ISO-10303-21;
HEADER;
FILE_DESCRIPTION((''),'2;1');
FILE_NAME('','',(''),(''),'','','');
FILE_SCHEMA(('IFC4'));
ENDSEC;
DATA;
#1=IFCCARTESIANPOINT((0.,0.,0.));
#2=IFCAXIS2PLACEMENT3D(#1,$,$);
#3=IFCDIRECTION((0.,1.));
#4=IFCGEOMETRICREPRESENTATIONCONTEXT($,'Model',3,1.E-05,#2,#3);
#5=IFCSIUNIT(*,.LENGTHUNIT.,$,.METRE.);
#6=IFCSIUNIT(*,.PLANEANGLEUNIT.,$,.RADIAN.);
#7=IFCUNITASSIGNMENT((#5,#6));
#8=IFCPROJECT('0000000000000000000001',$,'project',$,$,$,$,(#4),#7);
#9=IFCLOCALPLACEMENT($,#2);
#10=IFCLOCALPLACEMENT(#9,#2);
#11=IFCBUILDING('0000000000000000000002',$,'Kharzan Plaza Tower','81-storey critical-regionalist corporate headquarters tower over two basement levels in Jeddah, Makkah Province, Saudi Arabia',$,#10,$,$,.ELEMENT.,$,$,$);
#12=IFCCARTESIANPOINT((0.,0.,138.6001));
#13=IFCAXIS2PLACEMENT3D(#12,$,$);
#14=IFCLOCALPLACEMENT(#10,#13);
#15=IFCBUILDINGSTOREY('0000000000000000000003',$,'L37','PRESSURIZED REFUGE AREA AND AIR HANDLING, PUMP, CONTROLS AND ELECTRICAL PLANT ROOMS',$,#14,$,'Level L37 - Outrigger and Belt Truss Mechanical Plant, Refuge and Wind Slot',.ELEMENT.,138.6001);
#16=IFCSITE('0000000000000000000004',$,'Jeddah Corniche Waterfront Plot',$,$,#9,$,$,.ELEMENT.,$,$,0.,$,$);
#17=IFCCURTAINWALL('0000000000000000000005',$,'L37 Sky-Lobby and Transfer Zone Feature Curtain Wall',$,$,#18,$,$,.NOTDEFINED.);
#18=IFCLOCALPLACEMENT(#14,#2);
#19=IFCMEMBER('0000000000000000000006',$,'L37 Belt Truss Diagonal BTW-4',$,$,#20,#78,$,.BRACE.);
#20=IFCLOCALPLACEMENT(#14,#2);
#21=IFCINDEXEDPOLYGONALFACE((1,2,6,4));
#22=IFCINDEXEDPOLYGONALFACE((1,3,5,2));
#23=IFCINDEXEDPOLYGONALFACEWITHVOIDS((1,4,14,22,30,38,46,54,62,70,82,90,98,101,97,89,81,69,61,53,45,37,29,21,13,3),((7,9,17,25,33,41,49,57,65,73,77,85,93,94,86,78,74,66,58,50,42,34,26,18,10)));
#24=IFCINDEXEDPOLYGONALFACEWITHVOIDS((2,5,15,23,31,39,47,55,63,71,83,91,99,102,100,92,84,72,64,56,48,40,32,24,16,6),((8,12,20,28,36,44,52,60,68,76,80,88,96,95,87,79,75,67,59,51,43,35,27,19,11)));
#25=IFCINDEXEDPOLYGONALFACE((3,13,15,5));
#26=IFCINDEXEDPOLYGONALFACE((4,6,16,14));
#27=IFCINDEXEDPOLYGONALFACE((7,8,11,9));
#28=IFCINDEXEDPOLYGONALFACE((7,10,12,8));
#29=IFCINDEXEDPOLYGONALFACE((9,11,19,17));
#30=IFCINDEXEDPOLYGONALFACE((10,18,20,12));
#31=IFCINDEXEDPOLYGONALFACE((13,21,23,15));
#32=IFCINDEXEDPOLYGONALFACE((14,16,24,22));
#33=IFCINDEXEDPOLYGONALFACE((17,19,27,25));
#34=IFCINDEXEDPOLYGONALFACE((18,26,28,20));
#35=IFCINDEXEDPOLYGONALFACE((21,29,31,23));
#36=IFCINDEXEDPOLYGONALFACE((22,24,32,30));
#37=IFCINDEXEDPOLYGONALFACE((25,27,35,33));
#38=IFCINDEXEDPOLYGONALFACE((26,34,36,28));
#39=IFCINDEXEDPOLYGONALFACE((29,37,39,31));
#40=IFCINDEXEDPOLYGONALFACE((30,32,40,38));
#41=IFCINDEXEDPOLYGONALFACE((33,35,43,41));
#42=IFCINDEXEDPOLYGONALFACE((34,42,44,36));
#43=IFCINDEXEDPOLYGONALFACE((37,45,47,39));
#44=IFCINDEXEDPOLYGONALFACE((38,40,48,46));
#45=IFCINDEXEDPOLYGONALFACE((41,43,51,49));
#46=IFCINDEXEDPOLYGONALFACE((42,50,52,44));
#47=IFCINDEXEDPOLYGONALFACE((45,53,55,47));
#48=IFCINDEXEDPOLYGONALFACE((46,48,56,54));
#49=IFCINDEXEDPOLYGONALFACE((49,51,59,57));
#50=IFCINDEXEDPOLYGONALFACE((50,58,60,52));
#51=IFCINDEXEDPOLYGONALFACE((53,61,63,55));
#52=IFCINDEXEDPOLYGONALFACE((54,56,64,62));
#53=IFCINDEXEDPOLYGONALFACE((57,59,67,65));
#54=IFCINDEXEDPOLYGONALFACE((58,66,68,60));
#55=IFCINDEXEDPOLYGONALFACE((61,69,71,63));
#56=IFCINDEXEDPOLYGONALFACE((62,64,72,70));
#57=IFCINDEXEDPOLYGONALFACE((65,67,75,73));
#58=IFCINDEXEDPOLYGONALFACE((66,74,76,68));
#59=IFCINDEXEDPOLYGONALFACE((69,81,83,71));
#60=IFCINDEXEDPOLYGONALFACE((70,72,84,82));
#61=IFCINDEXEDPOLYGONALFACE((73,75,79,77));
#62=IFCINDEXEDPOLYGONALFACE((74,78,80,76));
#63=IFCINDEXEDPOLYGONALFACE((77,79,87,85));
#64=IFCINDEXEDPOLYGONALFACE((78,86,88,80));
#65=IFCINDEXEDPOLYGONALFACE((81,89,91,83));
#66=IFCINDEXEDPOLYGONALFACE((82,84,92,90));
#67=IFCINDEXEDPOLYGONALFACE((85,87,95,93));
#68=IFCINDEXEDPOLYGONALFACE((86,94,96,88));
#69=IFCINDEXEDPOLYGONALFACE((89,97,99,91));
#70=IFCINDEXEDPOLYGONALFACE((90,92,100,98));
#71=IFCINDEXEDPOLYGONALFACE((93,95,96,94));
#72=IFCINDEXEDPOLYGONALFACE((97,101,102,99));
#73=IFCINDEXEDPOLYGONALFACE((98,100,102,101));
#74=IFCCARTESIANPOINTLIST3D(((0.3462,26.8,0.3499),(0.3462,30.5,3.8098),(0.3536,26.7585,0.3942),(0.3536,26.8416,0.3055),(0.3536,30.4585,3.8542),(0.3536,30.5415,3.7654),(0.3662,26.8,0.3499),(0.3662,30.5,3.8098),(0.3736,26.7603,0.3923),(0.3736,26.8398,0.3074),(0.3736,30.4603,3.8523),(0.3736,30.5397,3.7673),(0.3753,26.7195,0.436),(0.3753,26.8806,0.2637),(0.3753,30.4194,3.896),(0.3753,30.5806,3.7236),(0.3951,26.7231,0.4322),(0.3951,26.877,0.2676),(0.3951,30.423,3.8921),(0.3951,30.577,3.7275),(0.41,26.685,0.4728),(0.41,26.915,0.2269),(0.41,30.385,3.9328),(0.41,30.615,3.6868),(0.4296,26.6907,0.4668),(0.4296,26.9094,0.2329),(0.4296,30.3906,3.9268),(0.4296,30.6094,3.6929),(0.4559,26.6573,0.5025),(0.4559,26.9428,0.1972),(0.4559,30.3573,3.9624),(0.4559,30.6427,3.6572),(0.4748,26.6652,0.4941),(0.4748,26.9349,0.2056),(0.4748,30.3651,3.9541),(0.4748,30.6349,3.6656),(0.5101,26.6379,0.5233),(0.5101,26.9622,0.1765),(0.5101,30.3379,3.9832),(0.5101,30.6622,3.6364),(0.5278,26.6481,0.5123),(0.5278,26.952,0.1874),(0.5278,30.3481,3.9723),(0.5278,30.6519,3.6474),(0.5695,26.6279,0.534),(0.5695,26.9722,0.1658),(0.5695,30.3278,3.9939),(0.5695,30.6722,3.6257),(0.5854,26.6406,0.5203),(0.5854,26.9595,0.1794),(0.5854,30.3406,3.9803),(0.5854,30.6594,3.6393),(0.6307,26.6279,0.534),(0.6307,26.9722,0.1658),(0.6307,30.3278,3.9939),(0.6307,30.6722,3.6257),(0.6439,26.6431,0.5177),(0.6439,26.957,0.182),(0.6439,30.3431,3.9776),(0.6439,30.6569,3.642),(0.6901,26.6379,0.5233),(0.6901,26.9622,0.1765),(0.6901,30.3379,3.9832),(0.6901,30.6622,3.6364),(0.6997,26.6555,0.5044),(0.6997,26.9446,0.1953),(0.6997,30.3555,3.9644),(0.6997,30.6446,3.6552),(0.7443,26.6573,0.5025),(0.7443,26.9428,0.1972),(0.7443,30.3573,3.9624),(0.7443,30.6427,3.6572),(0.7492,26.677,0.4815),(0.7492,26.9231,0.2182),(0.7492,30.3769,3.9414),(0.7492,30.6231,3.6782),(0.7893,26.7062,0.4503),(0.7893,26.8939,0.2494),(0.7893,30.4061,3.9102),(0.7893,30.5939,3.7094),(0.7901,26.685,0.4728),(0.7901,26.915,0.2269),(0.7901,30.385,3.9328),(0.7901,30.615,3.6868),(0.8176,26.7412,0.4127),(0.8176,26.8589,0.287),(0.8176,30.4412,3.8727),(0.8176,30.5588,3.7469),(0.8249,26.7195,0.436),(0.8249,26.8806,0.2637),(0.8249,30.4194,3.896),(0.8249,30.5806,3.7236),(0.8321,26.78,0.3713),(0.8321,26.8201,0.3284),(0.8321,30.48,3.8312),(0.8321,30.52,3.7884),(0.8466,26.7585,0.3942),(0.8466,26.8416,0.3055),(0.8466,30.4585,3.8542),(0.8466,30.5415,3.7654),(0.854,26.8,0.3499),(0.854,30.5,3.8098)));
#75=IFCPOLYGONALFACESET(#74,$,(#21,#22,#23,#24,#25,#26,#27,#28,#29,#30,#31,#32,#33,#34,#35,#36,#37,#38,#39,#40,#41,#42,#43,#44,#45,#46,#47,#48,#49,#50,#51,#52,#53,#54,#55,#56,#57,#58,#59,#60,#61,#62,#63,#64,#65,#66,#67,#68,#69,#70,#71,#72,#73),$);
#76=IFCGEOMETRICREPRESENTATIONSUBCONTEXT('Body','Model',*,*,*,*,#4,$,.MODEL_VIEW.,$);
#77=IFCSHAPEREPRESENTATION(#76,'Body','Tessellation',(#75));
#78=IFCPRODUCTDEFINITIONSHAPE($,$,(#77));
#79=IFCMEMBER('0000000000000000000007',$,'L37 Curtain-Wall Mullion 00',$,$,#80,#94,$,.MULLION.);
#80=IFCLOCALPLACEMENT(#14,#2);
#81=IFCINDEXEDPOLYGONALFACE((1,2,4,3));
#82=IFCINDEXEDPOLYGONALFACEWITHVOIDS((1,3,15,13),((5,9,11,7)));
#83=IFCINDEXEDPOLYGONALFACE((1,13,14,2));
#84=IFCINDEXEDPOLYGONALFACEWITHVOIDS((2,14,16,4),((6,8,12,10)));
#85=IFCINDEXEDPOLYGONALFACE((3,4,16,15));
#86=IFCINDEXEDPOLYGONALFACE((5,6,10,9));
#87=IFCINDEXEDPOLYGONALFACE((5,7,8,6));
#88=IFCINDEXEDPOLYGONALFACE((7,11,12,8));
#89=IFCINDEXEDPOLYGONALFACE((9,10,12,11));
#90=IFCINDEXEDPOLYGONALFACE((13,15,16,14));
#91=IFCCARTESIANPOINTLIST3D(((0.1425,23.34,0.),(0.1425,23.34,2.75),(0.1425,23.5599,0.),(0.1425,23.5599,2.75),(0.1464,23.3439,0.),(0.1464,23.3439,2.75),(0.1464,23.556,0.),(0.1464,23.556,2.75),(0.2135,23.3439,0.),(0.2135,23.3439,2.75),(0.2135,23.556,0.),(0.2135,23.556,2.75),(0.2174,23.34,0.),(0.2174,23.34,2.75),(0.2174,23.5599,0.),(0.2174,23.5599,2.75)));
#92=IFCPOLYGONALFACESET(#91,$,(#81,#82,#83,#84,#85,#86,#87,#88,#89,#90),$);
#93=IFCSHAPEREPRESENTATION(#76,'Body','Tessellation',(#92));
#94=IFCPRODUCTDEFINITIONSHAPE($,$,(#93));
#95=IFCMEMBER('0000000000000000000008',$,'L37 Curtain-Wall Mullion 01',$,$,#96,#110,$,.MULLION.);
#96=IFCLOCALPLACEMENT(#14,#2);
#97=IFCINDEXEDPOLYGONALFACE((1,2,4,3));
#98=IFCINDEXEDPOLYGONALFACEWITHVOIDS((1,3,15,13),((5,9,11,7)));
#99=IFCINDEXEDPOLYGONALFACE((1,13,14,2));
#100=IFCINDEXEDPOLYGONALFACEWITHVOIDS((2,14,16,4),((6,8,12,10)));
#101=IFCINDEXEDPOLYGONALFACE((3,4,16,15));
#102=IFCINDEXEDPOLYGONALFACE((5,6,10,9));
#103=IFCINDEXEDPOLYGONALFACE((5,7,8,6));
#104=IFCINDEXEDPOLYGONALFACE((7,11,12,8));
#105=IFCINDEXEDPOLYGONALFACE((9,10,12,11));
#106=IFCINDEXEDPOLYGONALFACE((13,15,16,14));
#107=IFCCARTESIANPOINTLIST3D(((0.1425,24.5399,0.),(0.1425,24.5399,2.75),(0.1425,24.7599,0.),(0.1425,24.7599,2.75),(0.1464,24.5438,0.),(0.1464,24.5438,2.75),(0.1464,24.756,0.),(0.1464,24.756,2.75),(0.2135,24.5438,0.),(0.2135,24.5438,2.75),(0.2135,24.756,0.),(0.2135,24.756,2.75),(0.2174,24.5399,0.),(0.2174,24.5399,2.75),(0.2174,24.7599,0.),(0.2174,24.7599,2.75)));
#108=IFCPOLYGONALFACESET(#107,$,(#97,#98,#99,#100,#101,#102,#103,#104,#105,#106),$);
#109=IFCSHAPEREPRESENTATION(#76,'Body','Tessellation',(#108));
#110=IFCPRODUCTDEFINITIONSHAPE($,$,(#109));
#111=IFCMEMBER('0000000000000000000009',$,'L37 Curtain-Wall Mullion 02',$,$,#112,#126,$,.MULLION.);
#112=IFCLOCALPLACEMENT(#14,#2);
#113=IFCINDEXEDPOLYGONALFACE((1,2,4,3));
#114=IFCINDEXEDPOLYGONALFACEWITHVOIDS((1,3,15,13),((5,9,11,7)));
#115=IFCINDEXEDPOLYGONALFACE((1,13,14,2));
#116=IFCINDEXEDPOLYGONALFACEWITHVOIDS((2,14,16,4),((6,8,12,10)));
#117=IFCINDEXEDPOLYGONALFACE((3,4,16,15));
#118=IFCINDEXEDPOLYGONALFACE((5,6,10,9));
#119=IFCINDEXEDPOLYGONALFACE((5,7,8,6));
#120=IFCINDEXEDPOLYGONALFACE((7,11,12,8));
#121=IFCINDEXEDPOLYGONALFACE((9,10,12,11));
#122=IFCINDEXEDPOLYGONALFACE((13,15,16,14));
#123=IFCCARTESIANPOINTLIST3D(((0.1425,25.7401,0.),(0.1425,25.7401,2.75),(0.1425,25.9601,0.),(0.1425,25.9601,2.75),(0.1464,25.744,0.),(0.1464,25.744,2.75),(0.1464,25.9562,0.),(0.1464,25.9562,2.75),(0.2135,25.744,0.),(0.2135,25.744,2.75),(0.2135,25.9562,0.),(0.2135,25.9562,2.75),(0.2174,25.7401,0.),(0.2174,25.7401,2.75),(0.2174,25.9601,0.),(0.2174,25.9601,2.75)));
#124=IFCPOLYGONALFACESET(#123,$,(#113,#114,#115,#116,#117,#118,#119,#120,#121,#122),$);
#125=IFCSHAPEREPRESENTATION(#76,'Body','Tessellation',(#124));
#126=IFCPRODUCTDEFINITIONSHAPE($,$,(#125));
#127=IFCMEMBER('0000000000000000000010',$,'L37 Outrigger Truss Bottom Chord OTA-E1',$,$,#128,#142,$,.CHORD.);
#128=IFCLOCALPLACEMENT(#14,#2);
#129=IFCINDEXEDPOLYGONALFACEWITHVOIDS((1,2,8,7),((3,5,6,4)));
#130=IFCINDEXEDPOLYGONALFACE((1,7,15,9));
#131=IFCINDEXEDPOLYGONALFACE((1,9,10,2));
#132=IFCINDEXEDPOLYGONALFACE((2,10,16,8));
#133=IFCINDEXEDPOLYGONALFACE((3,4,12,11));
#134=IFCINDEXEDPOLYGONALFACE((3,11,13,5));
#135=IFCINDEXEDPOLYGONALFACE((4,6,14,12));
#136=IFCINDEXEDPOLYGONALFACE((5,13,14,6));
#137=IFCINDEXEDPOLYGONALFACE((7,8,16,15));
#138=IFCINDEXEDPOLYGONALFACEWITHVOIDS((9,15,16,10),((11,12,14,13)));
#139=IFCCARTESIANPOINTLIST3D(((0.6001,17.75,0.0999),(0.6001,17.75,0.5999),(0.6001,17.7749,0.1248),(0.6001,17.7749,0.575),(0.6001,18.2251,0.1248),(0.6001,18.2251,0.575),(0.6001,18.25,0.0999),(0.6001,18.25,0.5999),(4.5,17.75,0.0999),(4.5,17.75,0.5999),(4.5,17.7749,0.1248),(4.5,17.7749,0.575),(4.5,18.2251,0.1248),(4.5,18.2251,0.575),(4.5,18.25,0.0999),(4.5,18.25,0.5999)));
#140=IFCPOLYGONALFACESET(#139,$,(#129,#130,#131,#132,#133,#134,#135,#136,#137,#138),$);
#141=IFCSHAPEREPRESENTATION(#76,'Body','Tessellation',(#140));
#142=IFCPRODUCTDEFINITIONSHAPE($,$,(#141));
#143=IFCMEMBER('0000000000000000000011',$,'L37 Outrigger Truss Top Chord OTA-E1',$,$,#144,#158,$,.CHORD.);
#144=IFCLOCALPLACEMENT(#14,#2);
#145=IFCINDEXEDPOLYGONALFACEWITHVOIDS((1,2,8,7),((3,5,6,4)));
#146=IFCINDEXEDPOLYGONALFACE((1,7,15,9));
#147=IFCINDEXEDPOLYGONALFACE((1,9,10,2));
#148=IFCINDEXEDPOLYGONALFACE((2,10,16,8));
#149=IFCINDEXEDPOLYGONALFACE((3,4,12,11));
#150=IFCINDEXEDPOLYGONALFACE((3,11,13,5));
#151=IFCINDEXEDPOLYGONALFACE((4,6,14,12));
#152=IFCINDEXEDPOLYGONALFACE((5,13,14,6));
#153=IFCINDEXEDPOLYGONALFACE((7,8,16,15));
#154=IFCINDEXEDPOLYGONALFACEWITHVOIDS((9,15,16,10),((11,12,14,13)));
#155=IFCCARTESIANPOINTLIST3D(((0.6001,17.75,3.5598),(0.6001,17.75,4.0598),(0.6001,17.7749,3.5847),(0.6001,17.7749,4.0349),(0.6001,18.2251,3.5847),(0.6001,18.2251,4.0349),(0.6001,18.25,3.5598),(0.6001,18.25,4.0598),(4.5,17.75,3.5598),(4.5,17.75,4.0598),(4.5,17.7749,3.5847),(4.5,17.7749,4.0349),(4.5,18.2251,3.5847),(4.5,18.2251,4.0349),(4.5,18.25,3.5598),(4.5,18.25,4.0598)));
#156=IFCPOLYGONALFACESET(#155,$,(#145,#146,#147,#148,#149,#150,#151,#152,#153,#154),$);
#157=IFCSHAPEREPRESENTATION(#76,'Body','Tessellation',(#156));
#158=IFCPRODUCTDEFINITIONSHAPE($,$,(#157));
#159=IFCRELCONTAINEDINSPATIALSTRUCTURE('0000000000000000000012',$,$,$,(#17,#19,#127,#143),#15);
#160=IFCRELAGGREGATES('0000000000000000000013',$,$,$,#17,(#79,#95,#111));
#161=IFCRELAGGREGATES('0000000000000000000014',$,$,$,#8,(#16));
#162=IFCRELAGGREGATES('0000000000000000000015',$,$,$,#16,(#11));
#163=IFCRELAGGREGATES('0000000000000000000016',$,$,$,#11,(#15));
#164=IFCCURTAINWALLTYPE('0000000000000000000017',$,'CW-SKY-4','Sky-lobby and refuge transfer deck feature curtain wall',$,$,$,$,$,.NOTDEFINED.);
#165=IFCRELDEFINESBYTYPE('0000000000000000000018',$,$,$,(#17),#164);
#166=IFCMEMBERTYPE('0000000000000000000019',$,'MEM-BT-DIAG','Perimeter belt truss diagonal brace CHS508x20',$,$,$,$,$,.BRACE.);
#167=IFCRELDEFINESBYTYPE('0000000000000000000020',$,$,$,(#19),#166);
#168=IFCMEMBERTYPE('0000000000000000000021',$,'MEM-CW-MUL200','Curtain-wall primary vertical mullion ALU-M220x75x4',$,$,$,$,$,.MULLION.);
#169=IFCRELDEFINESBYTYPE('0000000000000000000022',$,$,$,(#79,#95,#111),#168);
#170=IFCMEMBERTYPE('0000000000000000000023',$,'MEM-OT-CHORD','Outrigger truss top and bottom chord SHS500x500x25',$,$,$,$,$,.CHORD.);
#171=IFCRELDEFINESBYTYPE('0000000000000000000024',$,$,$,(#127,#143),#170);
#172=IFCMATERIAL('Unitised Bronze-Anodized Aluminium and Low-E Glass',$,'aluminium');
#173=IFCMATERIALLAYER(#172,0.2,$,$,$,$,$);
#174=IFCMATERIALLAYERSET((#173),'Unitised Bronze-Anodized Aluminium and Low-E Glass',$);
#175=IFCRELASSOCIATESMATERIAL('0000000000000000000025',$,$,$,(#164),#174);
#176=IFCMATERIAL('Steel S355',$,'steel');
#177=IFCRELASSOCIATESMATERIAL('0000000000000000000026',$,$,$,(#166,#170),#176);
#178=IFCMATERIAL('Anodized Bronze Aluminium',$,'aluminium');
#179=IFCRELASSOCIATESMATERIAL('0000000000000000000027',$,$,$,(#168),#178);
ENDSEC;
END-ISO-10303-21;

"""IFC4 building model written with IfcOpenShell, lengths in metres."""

from ifc_helpers import new_model, si_unit, direction, frame, origin, origin_2d, place, context, subcontext, project, spatial, hollow_rectangle, hollow_circle, extrude, source, transform, mapped, material, layer, layer_set, material_profile, profile_set, type_object, element, aggregate, save


model = new_model("IFC4")

# Units and contexts
model_context = context("Model", 3, precision=1e-05, world=origin(), true_north=direction((0.0, 1.0)))
body_context = subcontext(model_context, "Body", "Model", "MODEL_VIEW")
ifc_project = project(units=[si_unit("LENGTHUNIT", "METRE"), si_unit("PLANEANGLEUNIT", "RADIAN")], contexts=[model_context])

# Site, building, storey
site_placement = place(None, origin())
site = spatial("IfcSite", under=ifc_project, at=site_placement, Name="Jeddah Corniche Waterfront Plot", CompositionType="ELEMENT", RefElevation=0.0)
building_placement = place(site_placement, origin())
building = spatial("IfcBuilding", under=site, at=building_placement, Name="Kharzan Plaza Tower", Description="81-storey critical-regionalist corporate headquarters tower over two basement levels in Jeddah, Makkah Province, Saudi Arabia", CompositionType="ELEMENT")
storey_placement = place(building_placement, frame((0.0, 0.0, 138.6001)))
storey = spatial("IfcBuildingStorey", under=building, at=storey_placement, Name="L37", Description="PRESSURIZED REFUGE AREA AND AIR HANDLING, PUMP, CONTROLS AND ELECTRICAL PLANT ROOMS", LongName="Level L37 - Outrigger and Belt Truss Mechanical Plant, Refuge and Wind Slot", CompositionType="ELEMENT", Elevation=138.6001)

# Shared definitions
ifc_material_1 = material(Name="Steel S355", Category="steel")

# Curtain wall
ifc_material_2 = material(Name="Unitised Bronze-Anodized Aluminium and Low-E Glass", Category="aluminium")
ifc_layer_1 = layer(ifc_material_2, 0.2)
ifc_layer_set_1 = layer_set([ifc_layer_1], Name="Unitised Bronze-Anodized Aluminium and Low-E Glass")
curtain_wall_type = type_object("IfcCurtainWallType", Name="CW-SKY-4", Description="Sky-lobby and refuge transfer deck feature curtain wall", PredefinedType="NOTDEFINED", material=ifc_layer_set_1)
curtain_wall_placement = place(storey_placement, origin())
curtain_wall = element("IfcCurtainWall", 1, at=curtain_wall_placement, inside=storey, type_object=curtain_wall_type, Name="L37 Sky-Lobby and Transfer Zone Feature Curtain Wall", PredefinedType="NOTDEFINED")
ifc_material_3 = material(Name="Anodized Bronze Aluminium", Category="aluminium")

# Member
ifc_material_profile_1 = material_profile(ifc_material_1, hollow_circle(Radius=0.2539, WallThickness=0.02, at=origin_2d()), Name="CHS508x20")
ifc_profile_set_1 = profile_set([ifc_material_profile_1], Name="Steel S355")
member_type_1 = type_object("IfcMemberType", Name="MEM-BT-DIAG", Description="Perimeter belt truss diagonal brace CHS508x20", PredefinedType="BRACE", material=ifc_profile_set_1)
shared_shape_1 = source(origin(), body_context, "Body", "SweptSolid", [
    extrude(hollow_circle(Radius=0.2539, WallThickness=0.02, at=origin_2d()), origin(), (0.0, 0.0, 1.0), 5.0657),
])
member_1_placement = place(storey_placement, frame((0.6001, 26.8, 0.3499), z_axis=(0.0, 0.730398, 0.683022), x_axis=(-1.0, 0.0, 0.0)))
element("IfcMember", 2, at=member_1_placement, inside=storey, type_object=member_type_1, Name="L37 Belt Truss Diagonal BTW-4", PredefinedType="BRACE", context=body_context, shape_type="MappedRepresentation", body=[
    mapped(shared_shape_1, transform((0.0, 0.0, 0.0), x_axis=(1.0, 0.0, 0.0), y_axis=(0.0, 1.0, 0.0), z_axis=(0.0, 0.0, 1.0))),
])

# Members
ifc_material_profile_2 = material_profile(ifc_material_3, hollow_rectangle(XDim=0.075, YDim=0.22, WallThickness=0.0039, at=origin_2d()), Name="ALU-M220x75x4")
ifc_profile_set_2 = profile_set([ifc_material_profile_2], Name="Anodized Bronze Aluminium")
member_type_2 = type_object("IfcMemberType", Name="MEM-CW-MUL200", Description="Curtain-wall primary vertical mullion ALU-M220x75x4", PredefinedType="MULLION", material=ifc_profile_set_2)
shared_shape_2 = source(origin(), body_context, "Body", "SweptSolid", [
    extrude(hollow_rectangle(XDim=0.075, YDim=0.22, WallThickness=0.0039, at=origin_2d()), origin(), (0.0, 0.0, 1.0), 2.75),
])
member_2_placement = place(storey_placement, frame((0.1799, 23.45, 0.0), z_axis=(0.0, 0.0, 1.0), x_axis=(1.0, 0.0, 0.0)))
member_2 = element("IfcMember", 3, at=member_2_placement, type_object=member_type_2, Name="L37 Curtain-Wall Mullion 00", PredefinedType="MULLION", context=body_context, shape_type="MappedRepresentation", body=[
    mapped(shared_shape_2, transform((0.0, 0.0, 0.0), x_axis=(1.0, 0.0, 0.0), y_axis=(0.0, 1.0, 0.0), z_axis=(0.0, 0.0, 1.0))),
])
member_3_placement = place(storey_placement, frame((0.1799, 24.6499, 0.0), z_axis=(0.0, 0.0, 1.0), x_axis=(1.0, 0.0, 0.0)))
member_3 = element("IfcMember", 4, at=member_3_placement, type_object=member_type_2, Name="L37 Curtain-Wall Mullion 01", PredefinedType="MULLION", context=body_context, shape_type="MappedRepresentation", body=[
    mapped(shared_shape_2, transform((0.0, 0.0, 0.0), x_axis=(1.0, 0.0, 0.0), y_axis=(0.0, 1.0, 0.0), z_axis=(0.0, 0.0, 1.0))),
])
member_4_placement = place(storey_placement, frame((0.1799, 25.8501, 0.0), z_axis=(0.0, 0.0, 1.0), x_axis=(1.0, 0.0, 0.0)))
member_4 = element("IfcMember", 5, at=member_4_placement, type_object=member_type_2, Name="L37 Curtain-Wall Mullion 02", PredefinedType="MULLION", context=body_context, shape_type="MappedRepresentation", body=[
    mapped(shared_shape_2, transform((0.0, 0.0, 0.0), x_axis=(1.0, 0.0, 0.0), y_axis=(0.0, 1.0, 0.0), z_axis=(0.0, 0.0, 1.0))),
])

# Members
ifc_material_profile_3 = material_profile(ifc_material_1, hollow_rectangle(XDim=0.5, YDim=0.5, WallThickness=0.0249, at=origin_2d()), Name="SHS500x500x25")
ifc_profile_set_3 = profile_set([ifc_material_profile_3], Name="Steel S355")
member_type_3 = type_object("IfcMemberType", Name="MEM-OT-CHORD", Description="Outrigger truss top and bottom chord SHS500x500x25", PredefinedType="CHORD", material=ifc_profile_set_3)
shared_shape_3 = source(origin(), body_context, "Body", "SweptSolid", [
    extrude(hollow_rectangle(XDim=0.5, YDim=0.5, WallThickness=0.0249, at=origin_2d()), origin(), (0.0, 0.0, 1.0), 3.8999),
])
for number, where, z_axis, x_axis, name in (
    (6, (4.5, 18.0, 0.3499), (-1.0, 0.0, 0.0), (0.0, -1.0, 0.0), "L37 Outrigger Truss Bottom Chord OTA-E1"),
    (7, (4.5, 18.0, 3.8098), (-1.0, 0.0, 0.0), (0.0, -1.0, 0.0), "L37 Outrigger Truss Top Chord OTA-E1"),
):
    element("IfcMember", number, at=place(storey_placement, frame(where, z_axis=z_axis, x_axis=x_axis)), inside=storey, type_object=member_type_3, Name=name, PredefinedType="CHORD", context=body_context, shape_type="MappedRepresentation", body=[
        mapped(shared_shape_3, transform((0.0, 0.0, 0.0), x_axis=(1.0, 0.0, 0.0), y_axis=(0.0, 1.0, 0.0), z_axis=(0.0, 0.0, 1.0))),
    ])

aggregate(curtain_wall, [member_2, member_3, member_4])

save(model, "model.ifc")
